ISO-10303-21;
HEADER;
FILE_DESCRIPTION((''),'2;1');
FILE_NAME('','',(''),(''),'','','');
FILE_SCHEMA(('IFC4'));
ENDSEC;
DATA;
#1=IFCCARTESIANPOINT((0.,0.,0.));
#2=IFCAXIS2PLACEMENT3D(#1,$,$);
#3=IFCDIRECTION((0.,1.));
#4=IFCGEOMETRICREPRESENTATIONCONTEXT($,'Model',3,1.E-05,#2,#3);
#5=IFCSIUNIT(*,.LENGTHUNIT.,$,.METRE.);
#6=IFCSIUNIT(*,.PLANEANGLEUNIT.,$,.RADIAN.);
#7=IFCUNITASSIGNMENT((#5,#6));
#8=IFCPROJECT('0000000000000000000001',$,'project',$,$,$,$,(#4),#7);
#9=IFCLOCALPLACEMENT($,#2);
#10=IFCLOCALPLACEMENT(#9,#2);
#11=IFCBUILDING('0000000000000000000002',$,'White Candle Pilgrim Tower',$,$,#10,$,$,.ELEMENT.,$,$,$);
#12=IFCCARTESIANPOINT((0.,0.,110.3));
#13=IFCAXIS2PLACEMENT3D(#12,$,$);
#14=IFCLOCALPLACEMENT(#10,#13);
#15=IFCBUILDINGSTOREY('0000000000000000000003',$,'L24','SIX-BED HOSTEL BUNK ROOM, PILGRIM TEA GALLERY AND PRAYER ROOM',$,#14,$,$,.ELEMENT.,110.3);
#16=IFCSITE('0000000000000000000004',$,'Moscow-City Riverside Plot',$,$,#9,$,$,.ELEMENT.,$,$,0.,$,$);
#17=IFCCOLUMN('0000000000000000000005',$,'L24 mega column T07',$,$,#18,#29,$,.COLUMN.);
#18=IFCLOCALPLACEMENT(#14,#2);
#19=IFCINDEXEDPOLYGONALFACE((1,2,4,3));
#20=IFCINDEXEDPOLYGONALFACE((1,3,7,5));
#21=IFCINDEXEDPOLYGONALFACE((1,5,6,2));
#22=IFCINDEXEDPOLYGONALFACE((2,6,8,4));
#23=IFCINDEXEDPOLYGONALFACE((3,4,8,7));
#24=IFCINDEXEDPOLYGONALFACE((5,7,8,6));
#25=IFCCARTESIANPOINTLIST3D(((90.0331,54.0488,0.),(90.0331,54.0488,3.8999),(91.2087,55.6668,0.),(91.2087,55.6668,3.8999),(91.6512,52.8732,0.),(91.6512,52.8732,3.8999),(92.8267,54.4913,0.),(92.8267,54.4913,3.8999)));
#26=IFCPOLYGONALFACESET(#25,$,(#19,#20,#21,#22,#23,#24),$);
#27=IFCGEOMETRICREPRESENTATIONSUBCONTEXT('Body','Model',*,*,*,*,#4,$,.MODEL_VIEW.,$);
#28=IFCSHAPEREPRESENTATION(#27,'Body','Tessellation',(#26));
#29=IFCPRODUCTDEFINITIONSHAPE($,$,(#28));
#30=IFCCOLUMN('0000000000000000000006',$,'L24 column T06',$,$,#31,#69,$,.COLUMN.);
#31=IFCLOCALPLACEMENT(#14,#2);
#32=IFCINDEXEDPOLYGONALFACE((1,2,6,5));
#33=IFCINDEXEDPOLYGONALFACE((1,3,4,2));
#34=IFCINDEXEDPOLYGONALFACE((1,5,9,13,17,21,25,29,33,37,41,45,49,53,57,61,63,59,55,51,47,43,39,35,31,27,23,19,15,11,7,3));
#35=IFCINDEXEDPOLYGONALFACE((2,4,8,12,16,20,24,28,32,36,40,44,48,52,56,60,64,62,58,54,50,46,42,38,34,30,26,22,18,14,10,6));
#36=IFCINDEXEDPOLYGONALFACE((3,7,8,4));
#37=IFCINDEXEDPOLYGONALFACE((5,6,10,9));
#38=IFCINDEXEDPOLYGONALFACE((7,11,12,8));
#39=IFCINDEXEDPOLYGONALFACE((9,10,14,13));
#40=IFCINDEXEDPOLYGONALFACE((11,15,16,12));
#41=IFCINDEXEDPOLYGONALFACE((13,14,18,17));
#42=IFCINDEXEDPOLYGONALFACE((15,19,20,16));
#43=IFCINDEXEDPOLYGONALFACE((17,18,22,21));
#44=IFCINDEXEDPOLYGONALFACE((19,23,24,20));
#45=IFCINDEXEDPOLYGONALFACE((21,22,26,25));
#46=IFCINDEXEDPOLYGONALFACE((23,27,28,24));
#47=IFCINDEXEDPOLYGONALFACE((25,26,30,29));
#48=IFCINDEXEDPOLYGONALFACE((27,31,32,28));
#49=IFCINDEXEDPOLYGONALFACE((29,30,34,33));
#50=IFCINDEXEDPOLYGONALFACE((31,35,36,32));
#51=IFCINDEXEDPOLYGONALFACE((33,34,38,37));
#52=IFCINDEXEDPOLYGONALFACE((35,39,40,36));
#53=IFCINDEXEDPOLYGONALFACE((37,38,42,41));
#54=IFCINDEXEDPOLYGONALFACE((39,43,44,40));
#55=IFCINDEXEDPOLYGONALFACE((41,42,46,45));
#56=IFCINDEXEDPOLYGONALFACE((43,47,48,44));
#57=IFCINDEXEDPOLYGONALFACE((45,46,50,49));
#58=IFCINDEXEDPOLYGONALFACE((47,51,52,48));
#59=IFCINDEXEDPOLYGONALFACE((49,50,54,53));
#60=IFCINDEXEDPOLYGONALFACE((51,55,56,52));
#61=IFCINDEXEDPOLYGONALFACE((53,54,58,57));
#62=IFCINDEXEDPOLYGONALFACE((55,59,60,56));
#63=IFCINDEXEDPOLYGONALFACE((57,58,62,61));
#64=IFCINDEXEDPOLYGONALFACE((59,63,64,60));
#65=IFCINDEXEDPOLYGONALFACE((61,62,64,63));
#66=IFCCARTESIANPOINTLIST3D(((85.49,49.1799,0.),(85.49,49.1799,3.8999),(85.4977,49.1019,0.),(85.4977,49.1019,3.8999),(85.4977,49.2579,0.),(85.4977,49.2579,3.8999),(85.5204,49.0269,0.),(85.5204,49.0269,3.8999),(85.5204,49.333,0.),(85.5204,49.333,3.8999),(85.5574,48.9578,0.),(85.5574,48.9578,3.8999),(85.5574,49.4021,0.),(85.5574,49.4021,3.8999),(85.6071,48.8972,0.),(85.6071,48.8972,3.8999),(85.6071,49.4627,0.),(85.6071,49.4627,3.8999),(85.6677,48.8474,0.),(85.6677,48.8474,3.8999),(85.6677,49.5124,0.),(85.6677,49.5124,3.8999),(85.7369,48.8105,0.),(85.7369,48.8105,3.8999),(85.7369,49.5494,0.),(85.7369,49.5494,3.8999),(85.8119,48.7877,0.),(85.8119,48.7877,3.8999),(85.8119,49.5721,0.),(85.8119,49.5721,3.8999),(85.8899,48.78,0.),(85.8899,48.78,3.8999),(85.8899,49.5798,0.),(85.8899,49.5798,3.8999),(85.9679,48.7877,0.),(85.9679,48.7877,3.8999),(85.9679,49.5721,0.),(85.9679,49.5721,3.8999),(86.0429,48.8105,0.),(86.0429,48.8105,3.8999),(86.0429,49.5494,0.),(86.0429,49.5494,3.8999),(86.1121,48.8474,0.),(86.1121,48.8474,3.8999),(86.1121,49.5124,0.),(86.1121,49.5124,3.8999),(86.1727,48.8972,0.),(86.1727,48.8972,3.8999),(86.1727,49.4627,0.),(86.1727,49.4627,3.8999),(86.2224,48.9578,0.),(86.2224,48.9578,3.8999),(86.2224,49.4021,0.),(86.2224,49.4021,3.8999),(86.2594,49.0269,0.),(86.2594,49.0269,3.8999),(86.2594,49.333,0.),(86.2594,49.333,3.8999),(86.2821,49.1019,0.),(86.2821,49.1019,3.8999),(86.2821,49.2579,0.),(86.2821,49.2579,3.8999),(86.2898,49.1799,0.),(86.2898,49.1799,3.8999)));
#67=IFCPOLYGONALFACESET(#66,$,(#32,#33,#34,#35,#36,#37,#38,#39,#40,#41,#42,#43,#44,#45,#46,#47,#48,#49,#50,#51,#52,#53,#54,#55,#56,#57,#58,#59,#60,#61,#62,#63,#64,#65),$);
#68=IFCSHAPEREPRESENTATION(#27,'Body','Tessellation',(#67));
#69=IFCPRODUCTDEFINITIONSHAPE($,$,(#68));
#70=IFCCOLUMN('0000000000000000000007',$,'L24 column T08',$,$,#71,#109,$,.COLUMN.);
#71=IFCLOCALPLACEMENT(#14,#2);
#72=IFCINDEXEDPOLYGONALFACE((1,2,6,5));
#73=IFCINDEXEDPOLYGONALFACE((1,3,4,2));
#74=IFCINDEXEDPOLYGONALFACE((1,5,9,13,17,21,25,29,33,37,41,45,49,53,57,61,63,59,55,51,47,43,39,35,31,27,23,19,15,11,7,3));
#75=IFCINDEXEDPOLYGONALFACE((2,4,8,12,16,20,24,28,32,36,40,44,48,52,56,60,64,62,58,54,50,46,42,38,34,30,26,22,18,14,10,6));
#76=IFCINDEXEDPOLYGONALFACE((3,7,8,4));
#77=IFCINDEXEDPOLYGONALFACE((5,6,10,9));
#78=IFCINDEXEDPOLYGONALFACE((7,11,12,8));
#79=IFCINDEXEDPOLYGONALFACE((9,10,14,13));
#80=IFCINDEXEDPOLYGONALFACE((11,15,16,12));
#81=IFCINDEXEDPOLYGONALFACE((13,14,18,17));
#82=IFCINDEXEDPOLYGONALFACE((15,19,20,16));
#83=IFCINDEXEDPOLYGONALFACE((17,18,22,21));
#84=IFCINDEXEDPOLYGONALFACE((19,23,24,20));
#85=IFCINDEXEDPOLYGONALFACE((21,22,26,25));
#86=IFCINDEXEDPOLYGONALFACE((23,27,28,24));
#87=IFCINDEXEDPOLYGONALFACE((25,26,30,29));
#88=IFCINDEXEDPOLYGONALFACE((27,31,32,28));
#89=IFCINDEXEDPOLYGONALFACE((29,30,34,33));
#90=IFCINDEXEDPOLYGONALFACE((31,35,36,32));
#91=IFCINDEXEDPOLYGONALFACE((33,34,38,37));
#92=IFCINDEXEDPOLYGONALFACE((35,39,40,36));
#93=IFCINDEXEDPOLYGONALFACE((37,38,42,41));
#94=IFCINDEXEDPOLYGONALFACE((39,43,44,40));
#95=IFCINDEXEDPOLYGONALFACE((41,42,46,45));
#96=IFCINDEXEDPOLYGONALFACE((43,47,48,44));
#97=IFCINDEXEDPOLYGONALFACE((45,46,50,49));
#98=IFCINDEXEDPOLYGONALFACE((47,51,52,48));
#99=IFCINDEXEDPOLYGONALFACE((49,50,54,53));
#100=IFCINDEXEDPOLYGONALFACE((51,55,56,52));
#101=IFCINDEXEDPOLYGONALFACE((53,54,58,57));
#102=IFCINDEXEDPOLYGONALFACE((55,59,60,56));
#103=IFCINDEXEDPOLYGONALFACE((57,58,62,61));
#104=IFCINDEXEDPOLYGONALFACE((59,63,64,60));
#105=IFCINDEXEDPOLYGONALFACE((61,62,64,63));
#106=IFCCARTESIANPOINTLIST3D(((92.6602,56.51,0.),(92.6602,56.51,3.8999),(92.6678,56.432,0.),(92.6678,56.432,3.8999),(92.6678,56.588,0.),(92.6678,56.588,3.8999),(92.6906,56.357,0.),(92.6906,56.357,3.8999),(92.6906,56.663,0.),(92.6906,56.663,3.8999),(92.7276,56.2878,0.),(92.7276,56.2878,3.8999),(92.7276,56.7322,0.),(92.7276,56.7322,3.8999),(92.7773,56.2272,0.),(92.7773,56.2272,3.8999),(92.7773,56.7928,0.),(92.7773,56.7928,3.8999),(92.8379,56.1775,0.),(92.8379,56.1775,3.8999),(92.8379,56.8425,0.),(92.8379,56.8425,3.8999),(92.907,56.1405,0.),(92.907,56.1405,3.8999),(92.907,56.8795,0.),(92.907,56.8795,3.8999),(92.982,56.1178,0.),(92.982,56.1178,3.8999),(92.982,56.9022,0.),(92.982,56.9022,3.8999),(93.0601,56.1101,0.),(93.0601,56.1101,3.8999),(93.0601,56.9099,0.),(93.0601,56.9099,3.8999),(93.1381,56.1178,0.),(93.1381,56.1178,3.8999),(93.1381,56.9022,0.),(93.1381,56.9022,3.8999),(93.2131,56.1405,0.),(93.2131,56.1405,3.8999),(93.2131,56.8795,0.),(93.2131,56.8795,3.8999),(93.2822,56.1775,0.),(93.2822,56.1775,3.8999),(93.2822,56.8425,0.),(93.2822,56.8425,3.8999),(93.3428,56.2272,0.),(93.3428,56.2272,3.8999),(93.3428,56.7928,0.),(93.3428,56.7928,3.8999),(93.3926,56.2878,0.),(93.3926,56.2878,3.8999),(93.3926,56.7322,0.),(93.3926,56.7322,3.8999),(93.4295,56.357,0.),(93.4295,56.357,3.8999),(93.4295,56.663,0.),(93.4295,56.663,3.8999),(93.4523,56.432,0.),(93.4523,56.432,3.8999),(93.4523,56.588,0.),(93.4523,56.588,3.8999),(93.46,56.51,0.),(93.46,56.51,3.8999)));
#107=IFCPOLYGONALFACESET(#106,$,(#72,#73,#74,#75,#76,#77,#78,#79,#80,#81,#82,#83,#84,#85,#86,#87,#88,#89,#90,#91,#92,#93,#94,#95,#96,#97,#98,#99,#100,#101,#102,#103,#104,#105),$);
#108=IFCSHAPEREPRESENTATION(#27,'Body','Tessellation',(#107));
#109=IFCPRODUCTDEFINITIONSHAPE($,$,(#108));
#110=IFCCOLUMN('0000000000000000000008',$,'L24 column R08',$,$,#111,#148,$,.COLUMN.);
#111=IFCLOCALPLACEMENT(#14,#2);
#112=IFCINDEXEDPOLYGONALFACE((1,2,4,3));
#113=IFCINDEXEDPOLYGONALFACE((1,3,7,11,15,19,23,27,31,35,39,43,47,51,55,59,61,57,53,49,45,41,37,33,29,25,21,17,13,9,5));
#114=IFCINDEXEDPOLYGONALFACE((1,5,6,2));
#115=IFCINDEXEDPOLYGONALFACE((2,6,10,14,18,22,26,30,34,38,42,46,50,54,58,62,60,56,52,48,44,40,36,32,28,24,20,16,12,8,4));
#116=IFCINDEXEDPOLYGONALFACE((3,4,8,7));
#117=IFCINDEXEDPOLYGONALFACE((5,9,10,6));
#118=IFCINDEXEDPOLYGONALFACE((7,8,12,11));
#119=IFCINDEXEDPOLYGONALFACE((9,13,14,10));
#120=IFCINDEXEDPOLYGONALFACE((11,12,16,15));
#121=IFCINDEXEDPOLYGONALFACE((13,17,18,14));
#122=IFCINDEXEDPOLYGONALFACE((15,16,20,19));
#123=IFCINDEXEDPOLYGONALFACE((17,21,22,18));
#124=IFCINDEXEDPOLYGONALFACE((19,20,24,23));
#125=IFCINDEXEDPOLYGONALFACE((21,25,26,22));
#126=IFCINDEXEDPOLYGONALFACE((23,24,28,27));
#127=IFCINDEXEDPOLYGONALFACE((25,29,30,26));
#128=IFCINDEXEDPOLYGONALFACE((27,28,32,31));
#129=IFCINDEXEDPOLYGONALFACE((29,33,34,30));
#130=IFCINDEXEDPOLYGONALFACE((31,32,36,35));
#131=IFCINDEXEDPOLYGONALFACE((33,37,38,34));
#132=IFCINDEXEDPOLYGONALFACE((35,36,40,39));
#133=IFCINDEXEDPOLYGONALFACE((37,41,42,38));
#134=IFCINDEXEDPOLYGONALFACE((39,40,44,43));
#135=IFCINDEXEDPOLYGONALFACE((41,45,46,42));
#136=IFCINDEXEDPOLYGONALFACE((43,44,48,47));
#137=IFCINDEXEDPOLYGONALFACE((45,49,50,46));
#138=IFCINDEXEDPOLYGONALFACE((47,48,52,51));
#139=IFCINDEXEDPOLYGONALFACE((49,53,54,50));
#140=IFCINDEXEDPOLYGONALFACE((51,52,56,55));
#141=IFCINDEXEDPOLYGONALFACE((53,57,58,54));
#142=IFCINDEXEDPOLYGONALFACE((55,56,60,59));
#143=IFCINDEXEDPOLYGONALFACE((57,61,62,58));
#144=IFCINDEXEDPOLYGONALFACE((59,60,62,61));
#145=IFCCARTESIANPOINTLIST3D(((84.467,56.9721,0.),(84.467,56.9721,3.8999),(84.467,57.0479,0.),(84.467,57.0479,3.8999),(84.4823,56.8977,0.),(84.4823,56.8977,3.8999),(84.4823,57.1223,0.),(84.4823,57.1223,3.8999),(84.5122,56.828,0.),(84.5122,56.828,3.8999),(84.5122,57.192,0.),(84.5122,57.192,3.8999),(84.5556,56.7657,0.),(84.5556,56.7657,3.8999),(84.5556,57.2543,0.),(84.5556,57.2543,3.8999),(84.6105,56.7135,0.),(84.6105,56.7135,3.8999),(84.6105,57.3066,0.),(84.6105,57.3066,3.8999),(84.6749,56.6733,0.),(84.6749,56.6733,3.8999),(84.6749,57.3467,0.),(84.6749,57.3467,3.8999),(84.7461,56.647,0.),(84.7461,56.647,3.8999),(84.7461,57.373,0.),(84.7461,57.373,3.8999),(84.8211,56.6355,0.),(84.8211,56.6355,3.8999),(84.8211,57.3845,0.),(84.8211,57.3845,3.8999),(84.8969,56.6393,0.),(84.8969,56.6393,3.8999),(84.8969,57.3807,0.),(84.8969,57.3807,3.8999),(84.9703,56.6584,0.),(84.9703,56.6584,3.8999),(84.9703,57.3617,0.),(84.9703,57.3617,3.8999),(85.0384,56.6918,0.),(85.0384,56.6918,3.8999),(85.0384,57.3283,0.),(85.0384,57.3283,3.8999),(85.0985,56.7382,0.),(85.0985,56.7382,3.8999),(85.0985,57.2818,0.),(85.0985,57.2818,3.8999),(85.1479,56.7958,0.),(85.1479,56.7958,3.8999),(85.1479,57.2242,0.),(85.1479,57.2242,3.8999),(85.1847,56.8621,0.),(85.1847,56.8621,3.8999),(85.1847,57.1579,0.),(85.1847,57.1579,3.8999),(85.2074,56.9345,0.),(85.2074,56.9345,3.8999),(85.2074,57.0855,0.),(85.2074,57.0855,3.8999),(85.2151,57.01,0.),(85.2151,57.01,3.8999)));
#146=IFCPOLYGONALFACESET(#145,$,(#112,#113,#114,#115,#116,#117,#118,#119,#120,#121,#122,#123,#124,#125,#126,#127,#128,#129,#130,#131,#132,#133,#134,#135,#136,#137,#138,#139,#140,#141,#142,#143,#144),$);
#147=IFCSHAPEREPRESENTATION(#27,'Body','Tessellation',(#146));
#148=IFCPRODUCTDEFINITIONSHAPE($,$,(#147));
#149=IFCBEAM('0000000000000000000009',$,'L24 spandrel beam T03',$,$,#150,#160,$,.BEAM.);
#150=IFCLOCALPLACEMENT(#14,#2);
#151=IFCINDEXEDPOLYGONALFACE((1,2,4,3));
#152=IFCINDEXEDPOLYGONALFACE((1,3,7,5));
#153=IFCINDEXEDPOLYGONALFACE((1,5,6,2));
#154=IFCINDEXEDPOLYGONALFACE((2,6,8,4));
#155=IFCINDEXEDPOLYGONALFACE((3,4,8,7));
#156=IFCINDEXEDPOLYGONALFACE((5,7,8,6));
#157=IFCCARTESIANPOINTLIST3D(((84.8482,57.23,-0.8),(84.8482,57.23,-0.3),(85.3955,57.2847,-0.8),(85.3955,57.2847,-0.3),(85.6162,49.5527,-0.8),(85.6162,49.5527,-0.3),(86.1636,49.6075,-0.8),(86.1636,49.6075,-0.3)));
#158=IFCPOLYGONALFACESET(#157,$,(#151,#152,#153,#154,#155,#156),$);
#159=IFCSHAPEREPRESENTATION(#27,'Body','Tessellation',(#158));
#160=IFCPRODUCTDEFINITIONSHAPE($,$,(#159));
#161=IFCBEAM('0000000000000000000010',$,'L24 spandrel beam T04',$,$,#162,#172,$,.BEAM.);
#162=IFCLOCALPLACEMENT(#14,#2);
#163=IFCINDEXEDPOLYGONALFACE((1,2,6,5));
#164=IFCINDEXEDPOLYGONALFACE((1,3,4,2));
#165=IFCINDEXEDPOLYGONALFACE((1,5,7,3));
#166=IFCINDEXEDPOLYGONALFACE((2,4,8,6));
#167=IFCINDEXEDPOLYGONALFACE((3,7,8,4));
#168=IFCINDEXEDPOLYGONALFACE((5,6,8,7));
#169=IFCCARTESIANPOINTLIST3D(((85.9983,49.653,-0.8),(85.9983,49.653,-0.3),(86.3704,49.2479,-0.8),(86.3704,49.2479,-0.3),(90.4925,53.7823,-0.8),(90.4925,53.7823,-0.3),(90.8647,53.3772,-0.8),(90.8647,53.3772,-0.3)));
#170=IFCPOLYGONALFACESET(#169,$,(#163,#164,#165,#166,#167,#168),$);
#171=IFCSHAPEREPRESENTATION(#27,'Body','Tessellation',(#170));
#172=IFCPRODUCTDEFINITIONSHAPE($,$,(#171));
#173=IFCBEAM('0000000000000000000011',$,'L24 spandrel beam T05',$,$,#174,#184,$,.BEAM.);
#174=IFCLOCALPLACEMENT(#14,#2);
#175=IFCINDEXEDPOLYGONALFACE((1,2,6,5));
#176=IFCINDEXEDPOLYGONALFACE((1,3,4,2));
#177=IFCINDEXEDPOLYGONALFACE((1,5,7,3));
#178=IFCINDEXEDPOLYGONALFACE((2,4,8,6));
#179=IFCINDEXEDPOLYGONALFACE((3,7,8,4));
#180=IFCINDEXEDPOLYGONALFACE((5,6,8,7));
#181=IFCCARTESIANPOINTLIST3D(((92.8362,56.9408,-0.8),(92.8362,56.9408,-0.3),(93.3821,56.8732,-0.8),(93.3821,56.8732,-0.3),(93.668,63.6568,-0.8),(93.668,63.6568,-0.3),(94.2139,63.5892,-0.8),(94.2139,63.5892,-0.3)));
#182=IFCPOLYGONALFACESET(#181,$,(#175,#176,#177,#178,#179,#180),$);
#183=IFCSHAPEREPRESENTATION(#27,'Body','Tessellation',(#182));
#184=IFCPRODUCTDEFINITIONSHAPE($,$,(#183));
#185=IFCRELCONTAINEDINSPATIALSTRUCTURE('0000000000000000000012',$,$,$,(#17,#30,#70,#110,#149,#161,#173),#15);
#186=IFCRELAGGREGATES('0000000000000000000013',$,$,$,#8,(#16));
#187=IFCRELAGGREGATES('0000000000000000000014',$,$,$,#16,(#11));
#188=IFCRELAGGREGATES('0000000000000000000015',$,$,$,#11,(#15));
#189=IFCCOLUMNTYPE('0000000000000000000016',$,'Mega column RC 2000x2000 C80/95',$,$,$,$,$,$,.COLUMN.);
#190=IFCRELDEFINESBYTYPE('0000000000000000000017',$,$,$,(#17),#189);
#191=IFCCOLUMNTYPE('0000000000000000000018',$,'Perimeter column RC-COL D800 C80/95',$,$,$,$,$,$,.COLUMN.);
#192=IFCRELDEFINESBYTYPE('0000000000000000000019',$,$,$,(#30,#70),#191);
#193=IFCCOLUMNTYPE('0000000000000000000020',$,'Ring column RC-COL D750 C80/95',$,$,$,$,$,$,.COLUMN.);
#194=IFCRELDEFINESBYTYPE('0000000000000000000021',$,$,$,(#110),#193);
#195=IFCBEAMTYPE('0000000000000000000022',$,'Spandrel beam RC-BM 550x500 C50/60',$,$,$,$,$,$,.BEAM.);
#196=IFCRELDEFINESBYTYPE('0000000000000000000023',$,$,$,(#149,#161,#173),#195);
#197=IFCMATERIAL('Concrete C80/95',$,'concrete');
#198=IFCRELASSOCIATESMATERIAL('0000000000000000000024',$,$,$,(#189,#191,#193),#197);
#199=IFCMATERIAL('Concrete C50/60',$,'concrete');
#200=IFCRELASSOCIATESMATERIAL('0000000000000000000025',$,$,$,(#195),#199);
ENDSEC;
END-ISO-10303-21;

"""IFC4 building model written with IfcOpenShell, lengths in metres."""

from ifc_helpers import new_model, si_unit, direction, frame, origin, origin_2d, place, context, subcontext, project, spatial, rectangle, circle, extrude, material, material_profile, profile_set, type_object, element, save


model = new_model("IFC4")

# Units and contexts
model_context = context("Model", 3, precision=1e-05, world=origin(), true_north=direction((0.0, 1.0)))
body_context = subcontext(model_context, "Body", "Model", "MODEL_VIEW")
ifc_project = project(units=[si_unit("LENGTHUNIT", "METRE"), si_unit("PLANEANGLEUNIT", "RADIAN")], contexts=[model_context])

# Site, building, storey
site_placement = place(None, origin())
site = spatial("IfcSite", under=ifc_project, at=site_placement, Name="Moscow-City Riverside Plot", CompositionType="ELEMENT", RefElevation=0.0)
building_placement = place(site_placement, origin())
building = spatial("IfcBuilding", under=site, at=building_placement, Name="White Candle Pilgrim Tower", CompositionType="ELEMENT")
storey_placement = place(building_placement, frame((0.0, 0.0, 110.3)))
storey = spatial("IfcBuildingStorey", under=building, at=storey_placement, Name="L24", Description="SIX-BED HOSTEL BUNK ROOM, PILGRIM TEA GALLERY AND PRAYER ROOM", CompositionType="ELEMENT", Elevation=110.3)

# Columns
ifc_material_1 = material(Name="Concrete C80/95", Category="concrete")
ifc_material_profile_1 = material_profile(ifc_material_1, rectangle(XDim=2.0, YDim=2.0, at=origin_2d()), Name="RC 2000x2000")
ifc_profile_set_1 = profile_set([ifc_material_profile_1], Name="Concrete C80/95")
column_type_1 = type_object("IfcColumnType", Name="Mega column RC 2000x2000 C80/95", PredefinedType="COLUMN", material=ifc_profile_set_1)
column_1_placement = place(storey_placement, frame((91.4299, 54.27, 0.0), z_axis=(0.0, 0.0, 1.0), x_axis=(0.809017, -0.587785, 0.0)))
element("IfcColumn", 1, at=column_1_placement, inside=storey, type_object=column_type_1, Name="L24 mega column T07", PredefinedType="COLUMN", context=body_context, shape_type="SweptSolid", body=[
    extrude(rectangle(XDim=2.0, YDim=2.0, at=origin_2d()), origin(), (0.0, 0.0, 1.0), 3.8999),
])
ifc_material_profile_2 = material_profile(ifc_material_1, circle(Radius=0.3999, at=origin_2d()), Name="RC-COL D800")
ifc_profile_set_2 = profile_set([ifc_material_profile_2], Name="Concrete C80/95")
column_type_2 = type_object("IfcColumnType", Name="Perimeter column RC-COL D800 C80/95", PredefinedType="COLUMN", material=ifc_profile_set_2)
for number, where, z_axis, x_axis, name in (
    (2, (85.8899, 49.1799, 0.0), (0.0, 0.0, 1.0), (1.0, 0.0, 0.0), "L24 column T06"),
    (3, (93.0601, 56.51, 0.0), (0.0, 0.0, 1.0), (1.0, 0.0, 0.0), "L24 column T08"),
):
    element("IfcColumn", number, at=place(storey_placement, frame(where, z_axis=z_axis, x_axis=x_axis)), inside=storey, type_object=column_type_2, Name=name, PredefinedType="COLUMN", context=body_context, shape_type="SweptSolid", body=[
        extrude(circle(Radius=0.3999, at=origin_2d()), origin(), (0.0, 0.0, 1.0), 3.8999),
    ])
ifc_material_profile_3 = material_profile(ifc_material_1, circle(Radius=0.375, at=origin_2d()), Name="RC-COL D750")
ifc_profile_set_3 = profile_set([ifc_material_profile_3], Name="Concrete C80/95")
column_type_3 = type_object("IfcColumnType", Name="Ring column RC-COL D750 C80/95", PredefinedType="COLUMN", material=ifc_profile_set_3)
column_2_placement = place(storey_placement, frame((84.8401, 57.01, 0.0), z_axis=(0.0, 0.0, 1.0), x_axis=(1.0, 0.0, 0.0)))
element("IfcColumn", 4, at=column_2_placement, inside=storey, type_object=column_type_3, Name="L24 column R08", PredefinedType="COLUMN", context=body_context, shape_type="SweptSolid", body=[
    extrude(circle(Radius=0.375, at=origin_2d()), origin(), (0.0, 0.0, 1.0), 3.8999),
])

# Beams
ifc_material_2 = material(Name="Concrete C50/60", Category="concrete")
ifc_material_profile_4 = material_profile(ifc_material_2, rectangle(XDim=0.55, YDim=0.5, at=origin_2d()), Name="RC-BM 550x500")
ifc_profile_set_4 = profile_set([ifc_material_profile_4], Name="Concrete C50/60")
beam_type = type_object("IfcBeamType", Name="Spandrel beam RC-BM 550x500 C50/60", PredefinedType="BEAM", material=ifc_profile_set_4)
beam_1_placement = place(storey_placement, frame((85.8899, 49.5801, -0.55), z_axis=(-0.099548, 0.995033, 0.0), x_axis=(-0.995033, -0.099548, 0.0)))
element("IfcBeam", 5, at=beam_1_placement, inside=storey, type_object=beam_type, Name="L24 spandrel beam T03", PredefinedType="BEAM", context=body_context, shape_type="SweptSolid", body=[
    extrude(rectangle(XDim=0.55, YDim=0.5, at=origin_2d()), origin(), (0.0, 0.0, 1.0), 7.7156),
])
beam_2_placement = place(storey_placement, frame((86.1843, 49.4504, -0.55), z_axis=(0.736375, 0.676574, 0.0), x_axis=(-0.676574, 0.736375, 0.0)))
element("IfcBeam", 6, at=beam_2_placement, inside=storey, type_object=beam_type, Name="L24 spandrel beam T04", PredefinedType="BEAM", context=body_context, shape_type="SweptSolid", body=[
    extrude(rectangle(XDim=0.55, YDim=0.5, at=origin_2d()), origin(), (0.0, 0.0, 1.0), 6.1033),
])
beam_3_placement = place(storey_placement, frame((93.1091, 56.907, -0.55), z_axis=(0.122911, 0.992418, 0.0), x_axis=(-0.992418, 0.122911, 0.0)))
element("IfcBeam", 7, at=beam_3_placement, inside=storey, type_object=beam_type, Name="L24 spandrel beam T05", PredefinedType="BEAM", context=body_context, shape_type="SweptSolid", body=[
    extrude(rectangle(XDim=0.55, YDim=0.5, at=origin_2d()), origin(), (0.0, 0.0, 1.0), 6.7673),
])

save(model, "model.ifc")
